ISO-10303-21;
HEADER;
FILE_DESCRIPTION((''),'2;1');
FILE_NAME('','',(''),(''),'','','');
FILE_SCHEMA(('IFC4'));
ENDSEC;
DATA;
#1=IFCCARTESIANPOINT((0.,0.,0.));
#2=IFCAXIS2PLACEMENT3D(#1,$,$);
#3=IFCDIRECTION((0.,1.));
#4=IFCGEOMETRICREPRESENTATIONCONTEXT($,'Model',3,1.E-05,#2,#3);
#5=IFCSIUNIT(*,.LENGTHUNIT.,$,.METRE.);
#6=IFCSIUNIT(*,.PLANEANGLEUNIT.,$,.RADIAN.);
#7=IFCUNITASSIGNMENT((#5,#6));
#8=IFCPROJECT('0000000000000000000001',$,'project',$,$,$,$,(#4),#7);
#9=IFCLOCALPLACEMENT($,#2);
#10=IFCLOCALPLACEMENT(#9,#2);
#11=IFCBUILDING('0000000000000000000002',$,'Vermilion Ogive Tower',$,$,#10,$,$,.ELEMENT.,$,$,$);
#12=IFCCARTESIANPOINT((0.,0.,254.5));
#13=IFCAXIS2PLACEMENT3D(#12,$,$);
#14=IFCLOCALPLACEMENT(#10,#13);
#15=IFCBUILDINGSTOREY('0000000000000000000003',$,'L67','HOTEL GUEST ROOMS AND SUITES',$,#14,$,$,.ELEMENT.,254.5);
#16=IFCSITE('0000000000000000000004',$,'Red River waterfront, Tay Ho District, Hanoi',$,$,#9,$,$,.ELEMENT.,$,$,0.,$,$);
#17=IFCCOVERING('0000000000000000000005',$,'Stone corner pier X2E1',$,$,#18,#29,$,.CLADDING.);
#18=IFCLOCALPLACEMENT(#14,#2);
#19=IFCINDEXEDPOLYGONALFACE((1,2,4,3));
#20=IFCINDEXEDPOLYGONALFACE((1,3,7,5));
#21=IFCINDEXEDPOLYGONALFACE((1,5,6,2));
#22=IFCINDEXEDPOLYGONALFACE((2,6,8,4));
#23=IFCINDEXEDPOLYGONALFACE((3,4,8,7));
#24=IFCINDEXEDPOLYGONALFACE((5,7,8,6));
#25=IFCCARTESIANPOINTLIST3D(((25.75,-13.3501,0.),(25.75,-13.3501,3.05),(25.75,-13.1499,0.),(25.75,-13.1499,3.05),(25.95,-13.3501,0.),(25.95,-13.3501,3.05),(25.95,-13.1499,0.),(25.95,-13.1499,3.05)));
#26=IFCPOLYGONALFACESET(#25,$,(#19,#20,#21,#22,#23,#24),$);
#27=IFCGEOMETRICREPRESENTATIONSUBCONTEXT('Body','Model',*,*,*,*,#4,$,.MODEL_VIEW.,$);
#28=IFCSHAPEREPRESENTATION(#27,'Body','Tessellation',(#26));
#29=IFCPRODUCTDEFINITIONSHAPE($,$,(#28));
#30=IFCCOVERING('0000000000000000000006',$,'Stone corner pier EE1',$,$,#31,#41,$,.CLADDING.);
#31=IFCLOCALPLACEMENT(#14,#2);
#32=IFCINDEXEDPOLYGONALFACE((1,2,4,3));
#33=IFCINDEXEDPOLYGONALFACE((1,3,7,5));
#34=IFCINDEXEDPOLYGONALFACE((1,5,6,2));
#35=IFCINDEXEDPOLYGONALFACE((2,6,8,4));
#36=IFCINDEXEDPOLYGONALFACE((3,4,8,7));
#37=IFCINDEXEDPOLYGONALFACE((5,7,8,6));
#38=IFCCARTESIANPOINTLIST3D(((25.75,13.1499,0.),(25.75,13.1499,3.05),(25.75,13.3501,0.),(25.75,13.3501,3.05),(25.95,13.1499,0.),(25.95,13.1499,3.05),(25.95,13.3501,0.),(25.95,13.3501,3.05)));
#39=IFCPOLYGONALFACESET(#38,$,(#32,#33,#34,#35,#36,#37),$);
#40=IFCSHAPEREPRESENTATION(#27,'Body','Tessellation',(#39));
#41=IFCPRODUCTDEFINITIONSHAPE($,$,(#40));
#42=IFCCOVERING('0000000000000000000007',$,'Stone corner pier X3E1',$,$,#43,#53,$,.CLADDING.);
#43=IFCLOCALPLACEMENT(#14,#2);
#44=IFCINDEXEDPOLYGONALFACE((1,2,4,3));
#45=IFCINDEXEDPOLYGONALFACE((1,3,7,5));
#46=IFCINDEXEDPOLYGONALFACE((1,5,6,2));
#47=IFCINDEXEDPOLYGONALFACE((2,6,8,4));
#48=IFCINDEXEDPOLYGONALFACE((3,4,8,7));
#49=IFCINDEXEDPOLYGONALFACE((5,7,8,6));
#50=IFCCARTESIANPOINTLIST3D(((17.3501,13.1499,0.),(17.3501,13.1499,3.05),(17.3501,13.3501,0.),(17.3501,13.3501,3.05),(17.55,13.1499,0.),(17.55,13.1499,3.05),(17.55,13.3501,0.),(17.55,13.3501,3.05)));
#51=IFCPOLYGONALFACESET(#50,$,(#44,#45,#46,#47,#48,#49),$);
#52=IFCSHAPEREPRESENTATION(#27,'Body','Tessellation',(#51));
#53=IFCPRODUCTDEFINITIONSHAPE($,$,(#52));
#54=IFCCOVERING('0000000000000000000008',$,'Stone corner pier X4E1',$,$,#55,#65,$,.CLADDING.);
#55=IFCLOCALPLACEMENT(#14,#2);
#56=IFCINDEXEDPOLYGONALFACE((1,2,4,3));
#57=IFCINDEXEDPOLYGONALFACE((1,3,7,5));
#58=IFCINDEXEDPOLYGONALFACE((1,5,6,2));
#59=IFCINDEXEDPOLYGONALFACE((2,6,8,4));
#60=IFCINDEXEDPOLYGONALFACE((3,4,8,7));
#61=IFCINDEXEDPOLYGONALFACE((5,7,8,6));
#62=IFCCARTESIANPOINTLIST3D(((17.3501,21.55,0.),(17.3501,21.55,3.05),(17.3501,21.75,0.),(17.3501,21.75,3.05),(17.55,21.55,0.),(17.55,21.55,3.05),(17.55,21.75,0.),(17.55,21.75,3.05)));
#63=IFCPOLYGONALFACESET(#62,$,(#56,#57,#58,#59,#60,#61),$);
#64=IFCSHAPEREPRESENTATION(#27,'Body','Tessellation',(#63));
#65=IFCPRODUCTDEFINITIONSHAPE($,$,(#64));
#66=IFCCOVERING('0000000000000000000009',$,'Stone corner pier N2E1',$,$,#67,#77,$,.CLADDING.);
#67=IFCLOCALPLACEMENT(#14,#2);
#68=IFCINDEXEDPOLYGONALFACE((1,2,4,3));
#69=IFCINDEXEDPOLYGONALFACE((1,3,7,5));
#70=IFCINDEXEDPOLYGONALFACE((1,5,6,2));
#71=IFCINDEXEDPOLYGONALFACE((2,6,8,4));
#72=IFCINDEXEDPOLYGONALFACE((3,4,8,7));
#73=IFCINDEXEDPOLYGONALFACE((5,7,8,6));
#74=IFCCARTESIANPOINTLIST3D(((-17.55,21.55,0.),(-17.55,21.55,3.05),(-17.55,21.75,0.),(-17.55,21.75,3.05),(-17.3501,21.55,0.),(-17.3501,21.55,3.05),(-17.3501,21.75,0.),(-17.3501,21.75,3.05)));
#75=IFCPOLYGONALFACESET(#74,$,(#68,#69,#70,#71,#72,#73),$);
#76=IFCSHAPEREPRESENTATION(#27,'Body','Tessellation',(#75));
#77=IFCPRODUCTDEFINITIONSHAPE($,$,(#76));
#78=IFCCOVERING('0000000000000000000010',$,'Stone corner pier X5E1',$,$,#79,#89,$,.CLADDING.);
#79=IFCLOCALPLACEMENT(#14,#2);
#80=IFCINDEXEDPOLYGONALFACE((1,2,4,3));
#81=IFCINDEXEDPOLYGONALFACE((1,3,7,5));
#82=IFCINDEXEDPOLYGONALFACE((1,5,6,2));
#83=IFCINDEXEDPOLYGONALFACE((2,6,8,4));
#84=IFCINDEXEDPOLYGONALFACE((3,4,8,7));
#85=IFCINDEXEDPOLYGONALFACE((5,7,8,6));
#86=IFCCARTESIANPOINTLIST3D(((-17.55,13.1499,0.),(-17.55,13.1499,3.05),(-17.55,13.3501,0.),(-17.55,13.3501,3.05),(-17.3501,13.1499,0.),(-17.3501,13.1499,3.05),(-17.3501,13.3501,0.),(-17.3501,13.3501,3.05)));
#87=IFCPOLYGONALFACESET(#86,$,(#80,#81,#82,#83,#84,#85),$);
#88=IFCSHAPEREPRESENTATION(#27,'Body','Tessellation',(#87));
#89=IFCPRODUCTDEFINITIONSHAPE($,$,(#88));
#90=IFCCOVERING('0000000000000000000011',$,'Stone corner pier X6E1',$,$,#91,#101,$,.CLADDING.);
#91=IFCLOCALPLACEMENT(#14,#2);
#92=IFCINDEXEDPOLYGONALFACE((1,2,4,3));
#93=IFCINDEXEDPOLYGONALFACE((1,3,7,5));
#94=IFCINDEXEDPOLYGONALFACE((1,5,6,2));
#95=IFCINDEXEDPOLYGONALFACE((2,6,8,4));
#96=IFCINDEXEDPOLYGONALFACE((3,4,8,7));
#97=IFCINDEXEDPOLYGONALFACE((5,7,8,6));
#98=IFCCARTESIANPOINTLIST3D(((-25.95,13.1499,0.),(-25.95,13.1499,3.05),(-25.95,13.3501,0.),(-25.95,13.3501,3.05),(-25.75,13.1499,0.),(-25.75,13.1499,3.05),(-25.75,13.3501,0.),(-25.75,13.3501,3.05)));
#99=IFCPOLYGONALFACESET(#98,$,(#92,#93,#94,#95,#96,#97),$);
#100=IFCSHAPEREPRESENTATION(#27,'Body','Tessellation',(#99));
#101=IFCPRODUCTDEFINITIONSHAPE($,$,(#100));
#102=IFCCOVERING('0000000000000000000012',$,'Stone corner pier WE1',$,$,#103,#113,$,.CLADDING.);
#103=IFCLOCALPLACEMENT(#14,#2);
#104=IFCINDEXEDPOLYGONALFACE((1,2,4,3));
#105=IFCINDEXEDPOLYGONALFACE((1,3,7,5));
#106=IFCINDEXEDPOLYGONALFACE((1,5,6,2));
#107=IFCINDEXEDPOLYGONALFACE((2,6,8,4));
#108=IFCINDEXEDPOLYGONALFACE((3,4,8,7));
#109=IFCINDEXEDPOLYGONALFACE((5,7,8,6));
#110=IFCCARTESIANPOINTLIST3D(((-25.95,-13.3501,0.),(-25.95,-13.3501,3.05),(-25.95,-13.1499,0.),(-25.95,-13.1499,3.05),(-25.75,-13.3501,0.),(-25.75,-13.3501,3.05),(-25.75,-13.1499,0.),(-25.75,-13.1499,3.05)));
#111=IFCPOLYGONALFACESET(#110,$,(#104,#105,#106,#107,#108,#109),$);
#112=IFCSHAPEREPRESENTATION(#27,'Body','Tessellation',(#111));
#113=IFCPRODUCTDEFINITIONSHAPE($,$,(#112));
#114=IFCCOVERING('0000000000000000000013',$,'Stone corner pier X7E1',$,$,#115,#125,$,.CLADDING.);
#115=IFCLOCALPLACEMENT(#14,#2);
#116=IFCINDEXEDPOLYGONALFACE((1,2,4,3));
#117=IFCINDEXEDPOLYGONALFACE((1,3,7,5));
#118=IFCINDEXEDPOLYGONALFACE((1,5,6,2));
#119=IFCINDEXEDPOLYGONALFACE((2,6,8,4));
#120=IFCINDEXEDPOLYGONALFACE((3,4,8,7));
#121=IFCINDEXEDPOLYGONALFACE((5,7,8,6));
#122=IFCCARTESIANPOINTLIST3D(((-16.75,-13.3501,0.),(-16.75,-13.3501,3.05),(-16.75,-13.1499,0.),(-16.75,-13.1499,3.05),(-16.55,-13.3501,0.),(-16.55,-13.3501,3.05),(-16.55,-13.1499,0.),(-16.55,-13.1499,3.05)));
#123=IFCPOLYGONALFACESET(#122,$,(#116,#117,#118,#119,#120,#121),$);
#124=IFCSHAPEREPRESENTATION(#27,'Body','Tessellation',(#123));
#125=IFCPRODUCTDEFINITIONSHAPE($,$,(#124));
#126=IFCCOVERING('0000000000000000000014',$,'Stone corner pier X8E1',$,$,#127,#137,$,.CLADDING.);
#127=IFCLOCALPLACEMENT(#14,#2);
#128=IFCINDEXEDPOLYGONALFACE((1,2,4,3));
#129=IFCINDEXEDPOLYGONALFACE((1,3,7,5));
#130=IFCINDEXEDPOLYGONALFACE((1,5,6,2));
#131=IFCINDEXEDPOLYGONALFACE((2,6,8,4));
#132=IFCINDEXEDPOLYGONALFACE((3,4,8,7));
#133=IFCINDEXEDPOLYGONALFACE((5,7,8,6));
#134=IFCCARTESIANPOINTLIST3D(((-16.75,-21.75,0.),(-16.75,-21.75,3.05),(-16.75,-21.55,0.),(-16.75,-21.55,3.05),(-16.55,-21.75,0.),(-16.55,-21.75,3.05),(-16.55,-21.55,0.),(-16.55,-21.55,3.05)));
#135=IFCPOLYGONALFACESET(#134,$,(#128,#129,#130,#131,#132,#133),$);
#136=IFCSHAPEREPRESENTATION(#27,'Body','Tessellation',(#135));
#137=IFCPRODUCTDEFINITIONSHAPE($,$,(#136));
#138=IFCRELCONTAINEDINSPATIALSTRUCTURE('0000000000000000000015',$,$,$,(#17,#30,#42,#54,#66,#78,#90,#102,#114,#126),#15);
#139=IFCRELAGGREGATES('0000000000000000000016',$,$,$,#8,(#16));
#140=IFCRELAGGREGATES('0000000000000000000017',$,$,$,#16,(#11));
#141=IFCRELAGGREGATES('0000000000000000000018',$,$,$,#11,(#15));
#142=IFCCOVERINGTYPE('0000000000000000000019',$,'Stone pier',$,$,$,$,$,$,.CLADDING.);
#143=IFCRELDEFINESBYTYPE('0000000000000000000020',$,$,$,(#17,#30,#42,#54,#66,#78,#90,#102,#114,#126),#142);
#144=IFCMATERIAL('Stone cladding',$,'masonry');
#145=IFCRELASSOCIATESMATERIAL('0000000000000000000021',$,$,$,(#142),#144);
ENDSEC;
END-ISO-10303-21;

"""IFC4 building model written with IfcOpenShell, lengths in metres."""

from ifc_helpers import new_model, si_unit, direction, frame, origin, place, context, subcontext, project, spatial, polyline, outline, extrude, material, type_object, element, save


model = new_model("IFC4")

# Units and contexts
model_context = context("Model", 3, precision=1e-05, world=origin(), true_north=direction((0.0, 1.0)))
body_context = subcontext(model_context, "Body", "Model", "MODEL_VIEW")
ifc_project = project(units=[si_unit("LENGTHUNIT", "METRE"), si_unit("PLANEANGLEUNIT", "RADIAN")], contexts=[model_context])

# Site, building, storey
site_placement = place(None, origin())
site = spatial("IfcSite", under=ifc_project, at=site_placement, Name="Red River waterfront, Tay Ho District, Hanoi", CompositionType="ELEMENT", RefElevation=0.0)
building_placement = place(site_placement, origin())
building = spatial("IfcBuilding", under=site, at=building_placement, Name="Vermilion Ogive Tower", CompositionType="ELEMENT")
storey_placement = place(building_placement, frame((0.0, 0.0, 254.5)))
storey = spatial("IfcBuildingStorey", under=building, at=storey_placement, Name="L67", Description="HOTEL GUEST ROOMS AND SUITES", CompositionType="ELEMENT", Elevation=254.5)

# Coverings
ifc_material_1 = material(Name="Stone cladding", Category="masonry")
covering_type_1 = type_object("IfcCoveringType", Name="Stone pier", PredefinedType="CLADDING", material=ifc_material_1)
covering_1_placement = place(storey_placement, origin())
element("IfcCovering", 1, at=covering_1_placement, inside=storey, type_object=covering_type_1, Name="Stone corner pier X2E1", PredefinedType="CLADDING", context=body_context, shape_type="SweptSolid", body=[
    extrude(outline(polyline([(25.75, -13.1499), (25.95, -13.1499), (25.95, -13.3501), (25.75, -13.3501), (25.75, -13.1499)])), origin(), (0.0, 0.0, 1.0), 3.05),
])
covering_2_placement = place(storey_placement, origin())
element("IfcCovering", 2, at=covering_2_placement, inside=storey, type_object=covering_type_1, Name="Stone corner pier EE1", PredefinedType="CLADDING", context=body_context, shape_type="SweptSolid", body=[
    extrude(outline(polyline([(25.75, 13.1499), (25.75, 13.3501), (25.95, 13.3501), (25.95, 13.1499), (25.75, 13.1499)])), origin(), (0.0, 0.0, 1.0), 3.05),
])
covering_3_placement = place(storey_placement, origin())
element("IfcCovering", 3, at=covering_3_placement, inside=storey, type_object=covering_type_1, Name="Stone corner pier X3E1", PredefinedType="CLADDING", context=body_context, shape_type="SweptSolid", body=[
    extrude(outline(polyline([(17.3501, 13.1499), (17.3501, 13.3501), (17.55, 13.3501), (17.55, 13.1499), (17.3501, 13.1499)])), origin(), (0.0, 0.0, 1.0), 3.05),
])
covering_4_placement = place(storey_placement, origin())
element("IfcCovering", 4, at=covering_4_placement, inside=storey, type_object=covering_type_1, Name="Stone corner pier X4E1", PredefinedType="CLADDING", context=body_context, shape_type="SweptSolid", body=[
    extrude(outline(polyline([(17.3501, 21.55), (17.3501, 21.75), (17.55, 21.75), (17.55, 21.55), (17.3501, 21.55)])), origin(), (0.0, 0.0, 1.0), 3.05),
])
covering_5_placement = place(storey_placement, origin())
element("IfcCovering", 5, at=covering_5_placement, inside=storey, type_object=covering_type_1, Name="Stone corner pier N2E1", PredefinedType="CLADDING", context=body_context, shape_type="SweptSolid", body=[
    extrude(outline(polyline([(-17.3501, 21.55), (-17.55, 21.55), (-17.55, 21.75), (-17.3501, 21.75), (-17.3501, 21.55)])), origin(), (0.0, 0.0, 1.0), 3.05),
])
covering_6_placement = place(storey_placement, origin())
element("IfcCovering", 6, at=covering_6_placement, inside=storey, type_object=covering_type_1, Name="Stone corner pier X5E1", PredefinedType="CLADDING", context=body_context, shape_type="SweptSolid", body=[
    extrude(outline(polyline([(-17.3501, 13.1499), (-17.55, 13.1499), (-17.55, 13.3501), (-17.3501, 13.3501), (-17.3501, 13.1499)])), origin(), (0.0, 0.0, 1.0), 3.05),
])
covering_7_placement = place(storey_placement, origin())
element("IfcCovering", 7, at=covering_7_placement, inside=storey, type_object=covering_type_1, Name="Stone corner pier X6E1", PredefinedType="CLADDING", context=body_context, shape_type="SweptSolid", body=[
    extrude(outline(polyline([(-25.75, 13.1499), (-25.95, 13.1499), (-25.95, 13.3501), (-25.75, 13.3501), (-25.75, 13.1499)])), origin(), (0.0, 0.0, 1.0), 3.05),
])
covering_8_placement = place(storey_placement, origin())
element("IfcCovering", 8, at=covering_8_placement, inside=storey, type_object=covering_type_1, Name="Stone corner pier WE1", PredefinedType="CLADDING", context=body_context, shape_type="SweptSolid", body=[
    extrude(outline(polyline([(-25.75, -13.1499), (-25.75, -13.3501), (-25.95, -13.3501), (-25.95, -13.1499), (-25.75, -13.1499)])), origin(), (0.0, 0.0, 1.0), 3.05),
])
covering_9_placement = place(storey_placement, origin())
element("IfcCovering", 9, at=covering_9_placement, inside=storey, type_object=covering_type_1, Name="Stone corner pier X7E1", PredefinedType="CLADDING", context=body_context, shape_type="SweptSolid", body=[
    extrude(outline(polyline([(-16.55, -13.1499), (-16.55, -13.3501), (-16.75, -13.3501), (-16.75, -13.1499), (-16.55, -13.1499)])), origin(), (0.0, 0.0, 1.0), 3.05),
])
covering_10_placement = place(storey_placement, origin())
element("IfcCovering", 10, at=covering_10_placement, inside=storey, type_object=covering_type_1, Name="Stone corner pier X8E1", PredefinedType="CLADDING", context=body_context, shape_type="SweptSolid", body=[
    extrude(outline(polyline([(-16.55, -21.55), (-16.55, -21.75), (-16.75, -21.75), (-16.75, -21.55), (-16.55, -21.55)])), origin(), (0.0, 0.0, 1.0), 3.05),
])

save(model, "model.ifc")
